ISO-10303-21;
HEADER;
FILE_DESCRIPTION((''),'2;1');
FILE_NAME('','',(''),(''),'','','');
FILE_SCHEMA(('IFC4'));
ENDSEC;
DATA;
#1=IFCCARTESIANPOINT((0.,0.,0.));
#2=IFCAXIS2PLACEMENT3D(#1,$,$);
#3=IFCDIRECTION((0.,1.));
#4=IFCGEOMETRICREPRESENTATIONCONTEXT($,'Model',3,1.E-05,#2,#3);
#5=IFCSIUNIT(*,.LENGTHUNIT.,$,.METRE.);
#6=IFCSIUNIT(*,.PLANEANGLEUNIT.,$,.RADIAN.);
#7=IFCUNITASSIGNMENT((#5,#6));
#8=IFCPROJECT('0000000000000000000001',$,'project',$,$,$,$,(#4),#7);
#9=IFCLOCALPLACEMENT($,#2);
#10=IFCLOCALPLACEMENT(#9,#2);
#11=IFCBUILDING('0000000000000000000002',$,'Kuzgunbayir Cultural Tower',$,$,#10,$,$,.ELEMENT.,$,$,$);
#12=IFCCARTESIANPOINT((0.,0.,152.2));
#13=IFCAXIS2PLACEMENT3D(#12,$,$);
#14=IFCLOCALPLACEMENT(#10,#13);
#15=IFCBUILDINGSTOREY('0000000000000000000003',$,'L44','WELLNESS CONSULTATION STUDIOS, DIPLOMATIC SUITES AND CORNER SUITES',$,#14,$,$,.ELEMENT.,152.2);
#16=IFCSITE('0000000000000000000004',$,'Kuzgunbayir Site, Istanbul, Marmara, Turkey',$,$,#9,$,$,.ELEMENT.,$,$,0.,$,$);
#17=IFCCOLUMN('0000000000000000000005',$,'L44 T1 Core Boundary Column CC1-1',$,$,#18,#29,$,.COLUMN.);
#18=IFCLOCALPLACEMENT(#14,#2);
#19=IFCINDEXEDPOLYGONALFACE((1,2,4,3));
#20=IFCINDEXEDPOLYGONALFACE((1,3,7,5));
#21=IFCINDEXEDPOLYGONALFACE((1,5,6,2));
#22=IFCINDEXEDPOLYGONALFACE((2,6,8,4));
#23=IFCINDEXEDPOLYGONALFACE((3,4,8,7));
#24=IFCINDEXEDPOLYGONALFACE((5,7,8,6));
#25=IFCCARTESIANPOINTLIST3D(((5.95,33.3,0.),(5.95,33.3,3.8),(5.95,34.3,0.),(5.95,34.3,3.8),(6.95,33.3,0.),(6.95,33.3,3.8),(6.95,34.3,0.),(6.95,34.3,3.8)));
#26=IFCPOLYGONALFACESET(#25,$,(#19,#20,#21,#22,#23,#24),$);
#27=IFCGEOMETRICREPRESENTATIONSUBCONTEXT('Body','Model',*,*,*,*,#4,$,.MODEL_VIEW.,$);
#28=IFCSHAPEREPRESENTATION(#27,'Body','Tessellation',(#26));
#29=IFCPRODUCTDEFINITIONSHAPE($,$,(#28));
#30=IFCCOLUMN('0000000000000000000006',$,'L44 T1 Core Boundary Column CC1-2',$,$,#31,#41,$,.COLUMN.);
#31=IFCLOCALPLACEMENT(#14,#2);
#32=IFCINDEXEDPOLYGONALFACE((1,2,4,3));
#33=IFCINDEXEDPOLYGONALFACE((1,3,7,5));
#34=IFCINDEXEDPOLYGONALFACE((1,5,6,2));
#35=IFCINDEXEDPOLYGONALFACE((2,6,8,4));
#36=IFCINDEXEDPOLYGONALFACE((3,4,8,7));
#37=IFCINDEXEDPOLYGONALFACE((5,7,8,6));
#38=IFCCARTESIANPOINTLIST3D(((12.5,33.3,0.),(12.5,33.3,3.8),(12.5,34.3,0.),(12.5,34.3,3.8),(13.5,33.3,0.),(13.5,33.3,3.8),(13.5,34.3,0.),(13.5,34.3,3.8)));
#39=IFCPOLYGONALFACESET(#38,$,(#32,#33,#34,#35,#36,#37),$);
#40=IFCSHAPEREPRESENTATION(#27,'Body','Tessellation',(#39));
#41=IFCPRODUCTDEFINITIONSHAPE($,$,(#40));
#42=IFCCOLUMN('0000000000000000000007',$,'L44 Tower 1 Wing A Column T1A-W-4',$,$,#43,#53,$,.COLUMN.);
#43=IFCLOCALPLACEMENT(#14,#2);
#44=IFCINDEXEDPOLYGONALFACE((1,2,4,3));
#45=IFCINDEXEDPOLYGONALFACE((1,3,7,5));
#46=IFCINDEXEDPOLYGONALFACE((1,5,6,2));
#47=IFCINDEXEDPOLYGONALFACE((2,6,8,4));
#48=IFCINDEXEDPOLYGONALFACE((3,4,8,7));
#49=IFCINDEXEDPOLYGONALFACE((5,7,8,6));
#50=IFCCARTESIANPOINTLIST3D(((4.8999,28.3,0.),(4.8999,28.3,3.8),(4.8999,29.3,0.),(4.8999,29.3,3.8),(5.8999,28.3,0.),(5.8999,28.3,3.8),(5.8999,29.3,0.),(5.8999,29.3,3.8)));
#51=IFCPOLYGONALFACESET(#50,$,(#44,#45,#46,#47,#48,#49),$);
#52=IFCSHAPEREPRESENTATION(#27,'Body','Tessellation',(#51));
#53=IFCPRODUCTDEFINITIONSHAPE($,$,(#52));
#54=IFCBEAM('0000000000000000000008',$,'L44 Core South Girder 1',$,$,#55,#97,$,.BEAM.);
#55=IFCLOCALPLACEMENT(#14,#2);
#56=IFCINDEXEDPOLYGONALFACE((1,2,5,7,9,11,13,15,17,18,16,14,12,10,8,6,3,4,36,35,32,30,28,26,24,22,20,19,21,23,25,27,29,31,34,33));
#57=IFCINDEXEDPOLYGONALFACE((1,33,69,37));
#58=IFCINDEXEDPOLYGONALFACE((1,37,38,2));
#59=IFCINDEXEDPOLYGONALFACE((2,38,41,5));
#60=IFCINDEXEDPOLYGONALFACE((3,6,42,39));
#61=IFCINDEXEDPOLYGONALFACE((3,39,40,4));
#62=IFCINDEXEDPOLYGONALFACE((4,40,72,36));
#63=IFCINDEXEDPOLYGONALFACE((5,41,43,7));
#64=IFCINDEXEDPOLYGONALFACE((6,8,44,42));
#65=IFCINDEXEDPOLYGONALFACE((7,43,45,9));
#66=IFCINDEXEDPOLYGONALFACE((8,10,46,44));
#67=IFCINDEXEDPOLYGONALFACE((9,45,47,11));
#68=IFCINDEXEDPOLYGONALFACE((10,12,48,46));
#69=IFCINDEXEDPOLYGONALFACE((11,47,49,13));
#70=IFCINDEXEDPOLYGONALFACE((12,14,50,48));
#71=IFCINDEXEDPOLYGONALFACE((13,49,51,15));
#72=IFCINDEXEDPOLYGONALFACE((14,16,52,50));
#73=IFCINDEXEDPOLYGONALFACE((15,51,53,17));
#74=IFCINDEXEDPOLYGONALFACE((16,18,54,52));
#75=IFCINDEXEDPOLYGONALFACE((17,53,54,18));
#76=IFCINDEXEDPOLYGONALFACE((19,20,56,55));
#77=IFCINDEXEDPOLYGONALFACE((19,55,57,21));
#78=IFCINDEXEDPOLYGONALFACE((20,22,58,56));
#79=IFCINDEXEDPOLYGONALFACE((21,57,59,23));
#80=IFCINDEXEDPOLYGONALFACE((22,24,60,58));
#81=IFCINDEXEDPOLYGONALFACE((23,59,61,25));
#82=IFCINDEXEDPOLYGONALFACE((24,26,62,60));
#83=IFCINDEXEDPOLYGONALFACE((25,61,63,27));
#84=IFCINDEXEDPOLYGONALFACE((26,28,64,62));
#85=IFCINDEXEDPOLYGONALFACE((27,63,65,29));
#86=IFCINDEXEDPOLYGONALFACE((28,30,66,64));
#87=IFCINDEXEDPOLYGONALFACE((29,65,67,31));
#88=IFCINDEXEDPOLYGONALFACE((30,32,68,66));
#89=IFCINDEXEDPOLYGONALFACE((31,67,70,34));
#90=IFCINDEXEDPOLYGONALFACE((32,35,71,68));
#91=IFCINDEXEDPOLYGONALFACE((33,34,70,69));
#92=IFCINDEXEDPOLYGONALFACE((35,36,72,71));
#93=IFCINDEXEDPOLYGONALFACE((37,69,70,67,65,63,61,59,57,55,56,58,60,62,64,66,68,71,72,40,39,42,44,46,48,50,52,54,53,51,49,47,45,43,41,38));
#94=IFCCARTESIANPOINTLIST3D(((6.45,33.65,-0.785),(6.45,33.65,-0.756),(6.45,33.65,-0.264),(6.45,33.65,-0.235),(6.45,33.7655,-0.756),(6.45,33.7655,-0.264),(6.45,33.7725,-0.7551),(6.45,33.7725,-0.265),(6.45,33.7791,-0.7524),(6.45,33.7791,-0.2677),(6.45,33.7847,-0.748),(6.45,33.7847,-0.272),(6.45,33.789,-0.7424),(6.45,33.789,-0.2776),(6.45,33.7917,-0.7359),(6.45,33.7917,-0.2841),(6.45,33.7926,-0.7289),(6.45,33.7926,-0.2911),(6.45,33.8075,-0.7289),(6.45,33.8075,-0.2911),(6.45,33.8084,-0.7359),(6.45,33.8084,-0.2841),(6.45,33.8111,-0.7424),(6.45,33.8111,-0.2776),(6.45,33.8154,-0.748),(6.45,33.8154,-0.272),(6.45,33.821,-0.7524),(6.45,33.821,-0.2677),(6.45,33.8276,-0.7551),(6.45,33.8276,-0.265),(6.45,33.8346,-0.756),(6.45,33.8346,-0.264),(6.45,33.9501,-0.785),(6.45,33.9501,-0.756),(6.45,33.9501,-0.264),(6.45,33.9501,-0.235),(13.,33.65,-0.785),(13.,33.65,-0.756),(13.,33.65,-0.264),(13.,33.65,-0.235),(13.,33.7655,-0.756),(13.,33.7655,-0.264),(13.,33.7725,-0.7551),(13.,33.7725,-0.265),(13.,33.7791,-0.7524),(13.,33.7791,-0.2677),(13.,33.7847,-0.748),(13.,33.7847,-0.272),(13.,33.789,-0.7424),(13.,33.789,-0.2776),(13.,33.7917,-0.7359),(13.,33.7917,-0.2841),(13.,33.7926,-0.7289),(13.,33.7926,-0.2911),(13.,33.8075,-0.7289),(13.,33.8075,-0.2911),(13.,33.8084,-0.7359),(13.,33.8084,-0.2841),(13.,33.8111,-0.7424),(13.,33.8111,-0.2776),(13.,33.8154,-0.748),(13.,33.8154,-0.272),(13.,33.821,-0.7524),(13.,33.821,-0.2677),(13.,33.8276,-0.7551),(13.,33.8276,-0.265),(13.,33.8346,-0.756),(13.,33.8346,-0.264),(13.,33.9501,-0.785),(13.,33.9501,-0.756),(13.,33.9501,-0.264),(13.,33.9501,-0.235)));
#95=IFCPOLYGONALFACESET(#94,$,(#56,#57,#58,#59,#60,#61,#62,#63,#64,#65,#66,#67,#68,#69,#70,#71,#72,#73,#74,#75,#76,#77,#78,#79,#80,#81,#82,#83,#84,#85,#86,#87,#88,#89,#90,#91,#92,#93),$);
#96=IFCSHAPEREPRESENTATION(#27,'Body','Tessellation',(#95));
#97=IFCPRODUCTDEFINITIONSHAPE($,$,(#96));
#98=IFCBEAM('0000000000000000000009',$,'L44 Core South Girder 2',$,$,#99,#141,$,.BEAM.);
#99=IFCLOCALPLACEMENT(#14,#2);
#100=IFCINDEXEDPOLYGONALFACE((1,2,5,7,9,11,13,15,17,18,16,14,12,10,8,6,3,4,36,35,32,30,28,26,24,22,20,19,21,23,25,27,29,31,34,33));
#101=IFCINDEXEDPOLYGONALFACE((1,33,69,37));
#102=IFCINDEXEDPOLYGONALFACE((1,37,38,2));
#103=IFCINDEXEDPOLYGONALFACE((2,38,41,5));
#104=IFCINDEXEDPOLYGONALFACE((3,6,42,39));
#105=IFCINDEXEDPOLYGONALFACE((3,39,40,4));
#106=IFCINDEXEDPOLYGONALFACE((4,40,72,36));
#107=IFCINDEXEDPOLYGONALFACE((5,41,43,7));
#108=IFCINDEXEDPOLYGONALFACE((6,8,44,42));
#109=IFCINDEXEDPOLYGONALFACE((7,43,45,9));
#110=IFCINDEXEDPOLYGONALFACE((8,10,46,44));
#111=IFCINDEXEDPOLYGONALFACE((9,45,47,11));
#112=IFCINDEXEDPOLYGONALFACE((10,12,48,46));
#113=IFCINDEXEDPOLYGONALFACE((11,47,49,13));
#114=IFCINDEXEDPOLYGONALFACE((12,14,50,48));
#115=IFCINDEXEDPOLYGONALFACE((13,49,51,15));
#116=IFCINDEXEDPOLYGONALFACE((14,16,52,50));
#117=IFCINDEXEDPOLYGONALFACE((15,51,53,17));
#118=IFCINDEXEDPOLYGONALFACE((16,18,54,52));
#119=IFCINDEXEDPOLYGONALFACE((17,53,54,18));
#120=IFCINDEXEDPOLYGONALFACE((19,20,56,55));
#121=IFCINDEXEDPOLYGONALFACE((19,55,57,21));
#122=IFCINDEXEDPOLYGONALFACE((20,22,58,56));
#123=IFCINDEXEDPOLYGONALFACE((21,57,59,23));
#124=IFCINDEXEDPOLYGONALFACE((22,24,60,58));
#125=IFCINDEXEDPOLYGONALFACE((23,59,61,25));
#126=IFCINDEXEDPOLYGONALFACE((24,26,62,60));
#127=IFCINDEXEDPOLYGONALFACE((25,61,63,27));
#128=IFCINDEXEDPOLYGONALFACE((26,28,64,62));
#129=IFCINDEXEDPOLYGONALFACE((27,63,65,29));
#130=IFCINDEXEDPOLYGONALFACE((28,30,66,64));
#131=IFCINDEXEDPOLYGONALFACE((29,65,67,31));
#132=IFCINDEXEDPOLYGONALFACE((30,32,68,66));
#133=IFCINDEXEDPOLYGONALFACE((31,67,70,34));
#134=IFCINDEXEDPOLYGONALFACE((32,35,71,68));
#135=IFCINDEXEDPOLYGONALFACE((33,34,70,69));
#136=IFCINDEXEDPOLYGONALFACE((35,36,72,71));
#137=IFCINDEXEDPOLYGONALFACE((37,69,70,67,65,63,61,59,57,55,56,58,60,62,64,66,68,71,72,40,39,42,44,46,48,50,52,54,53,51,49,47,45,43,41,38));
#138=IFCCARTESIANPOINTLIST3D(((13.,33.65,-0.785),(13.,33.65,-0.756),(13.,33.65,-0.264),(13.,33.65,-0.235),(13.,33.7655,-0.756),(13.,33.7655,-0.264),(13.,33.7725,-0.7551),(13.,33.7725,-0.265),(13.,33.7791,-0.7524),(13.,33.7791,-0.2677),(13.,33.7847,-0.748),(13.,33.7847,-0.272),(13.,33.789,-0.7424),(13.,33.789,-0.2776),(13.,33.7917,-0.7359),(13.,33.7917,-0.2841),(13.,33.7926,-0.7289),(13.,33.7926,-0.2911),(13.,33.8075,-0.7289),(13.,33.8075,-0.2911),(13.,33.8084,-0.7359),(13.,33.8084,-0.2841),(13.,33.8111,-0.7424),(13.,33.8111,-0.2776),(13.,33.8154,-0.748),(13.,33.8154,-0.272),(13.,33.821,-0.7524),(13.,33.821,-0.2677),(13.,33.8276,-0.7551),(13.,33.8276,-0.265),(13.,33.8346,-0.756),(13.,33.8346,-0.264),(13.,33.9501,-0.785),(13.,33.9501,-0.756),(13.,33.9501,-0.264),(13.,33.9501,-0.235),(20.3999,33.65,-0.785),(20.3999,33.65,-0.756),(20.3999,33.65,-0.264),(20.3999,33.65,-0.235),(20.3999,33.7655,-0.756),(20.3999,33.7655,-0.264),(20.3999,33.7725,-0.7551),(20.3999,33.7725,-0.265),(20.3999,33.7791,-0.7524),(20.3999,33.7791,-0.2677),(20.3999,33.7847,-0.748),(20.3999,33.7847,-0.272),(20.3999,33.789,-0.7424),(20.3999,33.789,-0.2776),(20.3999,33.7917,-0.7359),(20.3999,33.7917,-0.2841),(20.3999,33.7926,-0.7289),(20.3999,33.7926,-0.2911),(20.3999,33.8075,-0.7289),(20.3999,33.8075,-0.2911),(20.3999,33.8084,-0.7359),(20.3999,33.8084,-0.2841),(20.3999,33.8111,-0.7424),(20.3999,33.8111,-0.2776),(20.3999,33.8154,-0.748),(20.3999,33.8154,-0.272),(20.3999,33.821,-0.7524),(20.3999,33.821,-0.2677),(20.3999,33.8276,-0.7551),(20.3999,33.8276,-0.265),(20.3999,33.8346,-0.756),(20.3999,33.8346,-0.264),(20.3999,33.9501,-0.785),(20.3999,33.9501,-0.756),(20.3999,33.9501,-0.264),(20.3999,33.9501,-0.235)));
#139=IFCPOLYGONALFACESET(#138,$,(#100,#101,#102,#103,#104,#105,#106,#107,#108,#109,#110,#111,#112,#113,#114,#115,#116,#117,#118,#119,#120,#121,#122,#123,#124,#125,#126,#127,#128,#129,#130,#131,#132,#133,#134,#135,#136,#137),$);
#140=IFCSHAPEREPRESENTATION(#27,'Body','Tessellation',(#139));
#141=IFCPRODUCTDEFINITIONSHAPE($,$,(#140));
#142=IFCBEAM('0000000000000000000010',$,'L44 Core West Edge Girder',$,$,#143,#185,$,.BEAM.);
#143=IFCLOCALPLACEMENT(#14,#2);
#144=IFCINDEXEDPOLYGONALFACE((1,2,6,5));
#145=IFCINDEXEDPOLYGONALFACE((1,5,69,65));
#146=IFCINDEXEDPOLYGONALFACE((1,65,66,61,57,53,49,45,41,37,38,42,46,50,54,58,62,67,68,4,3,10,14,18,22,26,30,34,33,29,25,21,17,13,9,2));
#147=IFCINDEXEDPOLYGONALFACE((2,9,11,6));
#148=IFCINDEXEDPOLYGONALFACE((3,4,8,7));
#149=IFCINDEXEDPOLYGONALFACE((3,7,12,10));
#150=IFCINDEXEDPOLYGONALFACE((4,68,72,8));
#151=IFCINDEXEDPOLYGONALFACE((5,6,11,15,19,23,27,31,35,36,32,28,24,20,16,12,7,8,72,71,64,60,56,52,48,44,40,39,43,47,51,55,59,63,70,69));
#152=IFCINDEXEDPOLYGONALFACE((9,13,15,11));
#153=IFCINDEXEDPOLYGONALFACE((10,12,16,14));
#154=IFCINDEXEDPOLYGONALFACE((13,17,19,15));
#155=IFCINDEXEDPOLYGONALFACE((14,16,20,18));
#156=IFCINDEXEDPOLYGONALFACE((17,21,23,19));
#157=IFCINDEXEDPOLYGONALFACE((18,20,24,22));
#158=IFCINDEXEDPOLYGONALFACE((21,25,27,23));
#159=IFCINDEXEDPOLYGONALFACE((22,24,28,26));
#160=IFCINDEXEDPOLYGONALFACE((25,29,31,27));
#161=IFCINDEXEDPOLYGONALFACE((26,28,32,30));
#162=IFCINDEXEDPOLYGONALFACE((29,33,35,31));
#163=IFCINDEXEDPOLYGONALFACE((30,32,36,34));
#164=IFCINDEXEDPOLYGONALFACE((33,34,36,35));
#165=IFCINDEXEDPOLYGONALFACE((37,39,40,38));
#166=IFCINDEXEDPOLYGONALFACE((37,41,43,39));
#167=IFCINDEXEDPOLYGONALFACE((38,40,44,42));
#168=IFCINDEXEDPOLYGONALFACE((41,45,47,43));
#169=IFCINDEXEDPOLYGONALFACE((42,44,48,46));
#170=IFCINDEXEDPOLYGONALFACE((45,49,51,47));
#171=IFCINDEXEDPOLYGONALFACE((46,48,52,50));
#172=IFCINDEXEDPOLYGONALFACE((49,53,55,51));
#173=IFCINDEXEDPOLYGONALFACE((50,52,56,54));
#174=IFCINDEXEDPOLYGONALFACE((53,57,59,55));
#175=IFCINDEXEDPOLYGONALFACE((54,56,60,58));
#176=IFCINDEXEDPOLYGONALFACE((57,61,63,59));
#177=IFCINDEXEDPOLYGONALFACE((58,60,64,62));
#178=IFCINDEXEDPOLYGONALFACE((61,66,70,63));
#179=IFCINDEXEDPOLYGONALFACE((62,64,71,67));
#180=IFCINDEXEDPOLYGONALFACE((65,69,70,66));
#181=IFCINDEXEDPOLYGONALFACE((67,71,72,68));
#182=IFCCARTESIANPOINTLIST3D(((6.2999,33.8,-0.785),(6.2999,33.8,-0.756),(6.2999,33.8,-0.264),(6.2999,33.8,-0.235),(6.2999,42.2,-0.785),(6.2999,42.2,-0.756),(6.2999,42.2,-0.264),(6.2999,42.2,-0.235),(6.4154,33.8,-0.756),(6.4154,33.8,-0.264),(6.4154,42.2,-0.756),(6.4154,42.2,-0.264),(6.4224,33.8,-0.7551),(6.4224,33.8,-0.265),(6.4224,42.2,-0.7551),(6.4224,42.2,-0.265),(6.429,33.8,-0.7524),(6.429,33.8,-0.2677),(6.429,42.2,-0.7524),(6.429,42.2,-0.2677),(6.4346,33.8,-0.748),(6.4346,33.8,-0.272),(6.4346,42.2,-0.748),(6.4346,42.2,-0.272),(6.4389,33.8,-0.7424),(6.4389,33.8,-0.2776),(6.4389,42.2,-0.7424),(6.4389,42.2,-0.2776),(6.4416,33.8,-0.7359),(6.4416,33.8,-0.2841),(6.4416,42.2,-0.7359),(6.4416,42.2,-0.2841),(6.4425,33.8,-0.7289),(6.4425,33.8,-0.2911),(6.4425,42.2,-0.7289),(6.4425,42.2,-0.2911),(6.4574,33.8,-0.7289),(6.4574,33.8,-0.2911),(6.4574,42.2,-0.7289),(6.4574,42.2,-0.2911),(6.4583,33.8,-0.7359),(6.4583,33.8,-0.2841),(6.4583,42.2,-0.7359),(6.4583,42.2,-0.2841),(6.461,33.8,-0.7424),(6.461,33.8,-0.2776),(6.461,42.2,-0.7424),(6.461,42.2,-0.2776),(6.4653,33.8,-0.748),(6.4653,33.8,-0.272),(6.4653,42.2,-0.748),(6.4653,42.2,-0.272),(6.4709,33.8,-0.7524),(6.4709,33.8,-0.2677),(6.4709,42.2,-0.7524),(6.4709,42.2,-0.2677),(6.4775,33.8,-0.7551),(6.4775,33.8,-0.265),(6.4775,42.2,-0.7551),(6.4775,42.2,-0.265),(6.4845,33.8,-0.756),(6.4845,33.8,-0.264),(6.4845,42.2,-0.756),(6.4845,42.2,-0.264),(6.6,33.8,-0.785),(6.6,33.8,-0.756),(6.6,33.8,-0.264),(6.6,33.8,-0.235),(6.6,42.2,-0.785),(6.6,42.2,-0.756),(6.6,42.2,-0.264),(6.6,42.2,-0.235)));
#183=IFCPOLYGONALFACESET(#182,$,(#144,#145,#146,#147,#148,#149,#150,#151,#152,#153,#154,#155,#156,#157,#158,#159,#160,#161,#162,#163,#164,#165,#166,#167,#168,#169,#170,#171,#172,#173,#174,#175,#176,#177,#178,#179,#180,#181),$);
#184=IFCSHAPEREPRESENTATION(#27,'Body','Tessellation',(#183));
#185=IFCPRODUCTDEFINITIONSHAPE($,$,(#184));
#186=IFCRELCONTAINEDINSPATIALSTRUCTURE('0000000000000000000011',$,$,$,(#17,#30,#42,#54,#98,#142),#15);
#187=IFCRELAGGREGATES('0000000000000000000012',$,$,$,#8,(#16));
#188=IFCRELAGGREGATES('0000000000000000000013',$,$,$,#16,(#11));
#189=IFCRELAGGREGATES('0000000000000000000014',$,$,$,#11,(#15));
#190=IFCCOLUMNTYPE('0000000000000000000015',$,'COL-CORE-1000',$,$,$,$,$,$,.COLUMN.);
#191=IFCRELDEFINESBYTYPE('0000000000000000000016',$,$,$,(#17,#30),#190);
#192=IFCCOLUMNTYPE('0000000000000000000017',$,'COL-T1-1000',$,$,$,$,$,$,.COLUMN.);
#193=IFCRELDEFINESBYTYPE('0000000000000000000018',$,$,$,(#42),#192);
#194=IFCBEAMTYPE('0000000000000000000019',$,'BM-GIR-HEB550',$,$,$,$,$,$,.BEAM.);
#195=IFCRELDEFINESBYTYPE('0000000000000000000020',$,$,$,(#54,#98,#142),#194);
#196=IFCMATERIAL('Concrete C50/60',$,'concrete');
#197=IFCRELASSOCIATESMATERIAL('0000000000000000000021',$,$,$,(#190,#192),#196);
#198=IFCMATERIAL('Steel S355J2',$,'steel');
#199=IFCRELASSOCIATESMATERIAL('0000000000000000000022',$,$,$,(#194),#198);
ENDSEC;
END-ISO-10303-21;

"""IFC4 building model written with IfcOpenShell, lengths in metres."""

from ifc_helpers import new_model, si_unit, direction, frame, origin, origin_2d, place, context, subcontext, project, spatial, rectangle, i_section, extrude, material, material_profile, profile_set, type_object, element, save


model = new_model("IFC4")

# Units and contexts
model_context = context("Model", 3, precision=1e-05, world=origin(), true_north=direction((0.0, 1.0)))
body_context = subcontext(model_context, "Body", "Model", "MODEL_VIEW")
ifc_project = project(units=[si_unit("LENGTHUNIT", "METRE"), si_unit("PLANEANGLEUNIT", "RADIAN")], contexts=[model_context])

# Site, building, storey
site_placement = place(None, origin())
site = spatial("IfcSite", under=ifc_project, at=site_placement, Name="Kuzgunbayir Site, Istanbul, Marmara, Turkey", CompositionType="ELEMENT", RefElevation=0.0)
building_placement = place(site_placement, origin())
building = spatial("IfcBuilding", under=site, at=building_placement, Name="Kuzgunbayir Cultural Tower", CompositionType="ELEMENT")
storey_placement = place(building_placement, frame((0.0, 0.0, 152.2)))
storey = spatial("IfcBuildingStorey", under=building, at=storey_placement, Name="L44", Description="WELLNESS CONSULTATION STUDIOS, DIPLOMATIC SUITES AND CORNER SUITES", CompositionType="ELEMENT", Elevation=152.2)

# Columns
ifc_material_1 = material(Name="Concrete C50/60", Category="concrete")
ifc_material_profile_1 = material_profile(ifc_material_1, rectangle(XDim=1.0, YDim=1.0, at=origin_2d()), Name="RC 1000x1000")
ifc_profile_set_1 = profile_set([ifc_material_profile_1], Name="Concrete C50/60")
column_type_1 = type_object("IfcColumnType", Name="COL-CORE-1000", PredefinedType="COLUMN", material=ifc_profile_set_1)
for number, where, z_axis, x_axis, name in (
    (1, (6.45, 33.8, 0.0), (0.0, 0.0, 1.0), (1.0, 0.0, 0.0), "L44 T1 Core Boundary Column CC1-1"),
    (2, (13.0, 33.8, 0.0), (0.0, 0.0, 1.0), (1.0, 0.0, 0.0), "L44 T1 Core Boundary Column CC1-2"),
):
    element("IfcColumn", number, at=place(storey_placement, frame(where, z_axis=z_axis, x_axis=x_axis)), inside=storey, type_object=column_type_1, Name=name, PredefinedType="COLUMN", context=body_context, shape_type="SweptSolid", body=[
        extrude(rectangle(XDim=1.0, YDim=1.0, at=origin_2d()), origin(), (0.0, 0.0, 1.0), 3.8),
    ])
ifc_material_profile_2 = material_profile(ifc_material_1, rectangle(XDim=1.0, YDim=1.0, at=origin_2d()), Name="RC 1000x1000")
ifc_profile_set_2 = profile_set([ifc_material_profile_2], Name="Concrete C50/60")
column_type_2 = type_object("IfcColumnType", Name="COL-T1-1000", PredefinedType="COLUMN", material=ifc_profile_set_2)
column_placement = place(storey_placement, frame((5.3999, 28.8, 0.0), z_axis=(0.0, 0.0, 1.0), x_axis=(1.0, 0.0, 0.0)))
element("IfcColumn", 3, at=column_placement, inside=storey, type_object=column_type_2, Name="L44 Tower 1 Wing A Column T1A-W-4", PredefinedType="COLUMN", context=body_context, shape_type="SweptSolid", body=[
    extrude(rectangle(XDim=1.0, YDim=1.0, at=origin_2d()), origin(), (0.0, 0.0, 1.0), 3.8),
])

# Beams
ifc_material_2 = material(Name="Steel S355J2", Category="steel")
ifc_material_profile_3 = material_profile(ifc_material_2, i_section(OverallWidth=0.3, OverallDepth=0.55, WebThickness=0.0149, FlangeThickness=0.0291, FilletRadius=0.0271, at=origin_2d()), Name="HEB 550")
ifc_profile_set_3 = profile_set([ifc_material_profile_3], Name="Steel S355J2")
beam_type = type_object("IfcBeamType", Name="BM-GIR-HEB550", PredefinedType="BEAM", material=ifc_profile_set_3)
beam_1_placement = place(storey_placement, frame((6.45, 33.8, -0.51), z_axis=(1.0, 0.0, 0.0), x_axis=(0.0, 1.0, 0.0)))
element("IfcBeam", 4, at=beam_1_placement, inside=storey, type_object=beam_type, Name="L44 Core South Girder 1", PredefinedType="BEAM", context=body_context, shape_type="SweptSolid", body=[
    extrude(i_section(OverallWidth=0.3, OverallDepth=0.55, WebThickness=0.0149, FlangeThickness=0.0291, FilletRadius=0.0271, at=origin_2d()), origin(), (0.0, 0.0, 1.0), 6.55),
])
beam_2_placement = place(storey_placement, frame((13.0, 33.8, -0.51), z_axis=(1.0, 0.0, 0.0), x_axis=(0.0, 1.0, 0.0)))
element("IfcBeam", 5, at=beam_2_placement, inside=storey, type_object=beam_type, Name="L44 Core South Girder 2", PredefinedType="BEAM", context=body_context, shape_type="SweptSolid", body=[
    extrude(i_section(OverallWidth=0.3, OverallDepth=0.55, WebThickness=0.0149, FlangeThickness=0.0291, FilletRadius=0.0271, at=origin_2d()), origin(), (0.0, 0.0, 1.0), 7.3999),
])
beam_3_placement = place(storey_placement, frame((6.45, 33.8, -0.51), z_axis=(0.0, 1.0, 0.0), x_axis=(-1.0, 0.0, 0.0)))
element("IfcBeam", 6, at=beam_3_placement, inside=storey, type_object=beam_type, Name="L44 Core West Edge Girder", PredefinedType="BEAM", context=body_context, shape_type="SweptSolid", body=[
    extrude(i_section(OverallWidth=0.3, OverallDepth=0.55, WebThickness=0.0149, FlangeThickness=0.0291, FilletRadius=0.0271, at=origin_2d()), origin(), (0.0, 0.0, 1.0), 8.3999),
])

save(model, "model.ifc")
